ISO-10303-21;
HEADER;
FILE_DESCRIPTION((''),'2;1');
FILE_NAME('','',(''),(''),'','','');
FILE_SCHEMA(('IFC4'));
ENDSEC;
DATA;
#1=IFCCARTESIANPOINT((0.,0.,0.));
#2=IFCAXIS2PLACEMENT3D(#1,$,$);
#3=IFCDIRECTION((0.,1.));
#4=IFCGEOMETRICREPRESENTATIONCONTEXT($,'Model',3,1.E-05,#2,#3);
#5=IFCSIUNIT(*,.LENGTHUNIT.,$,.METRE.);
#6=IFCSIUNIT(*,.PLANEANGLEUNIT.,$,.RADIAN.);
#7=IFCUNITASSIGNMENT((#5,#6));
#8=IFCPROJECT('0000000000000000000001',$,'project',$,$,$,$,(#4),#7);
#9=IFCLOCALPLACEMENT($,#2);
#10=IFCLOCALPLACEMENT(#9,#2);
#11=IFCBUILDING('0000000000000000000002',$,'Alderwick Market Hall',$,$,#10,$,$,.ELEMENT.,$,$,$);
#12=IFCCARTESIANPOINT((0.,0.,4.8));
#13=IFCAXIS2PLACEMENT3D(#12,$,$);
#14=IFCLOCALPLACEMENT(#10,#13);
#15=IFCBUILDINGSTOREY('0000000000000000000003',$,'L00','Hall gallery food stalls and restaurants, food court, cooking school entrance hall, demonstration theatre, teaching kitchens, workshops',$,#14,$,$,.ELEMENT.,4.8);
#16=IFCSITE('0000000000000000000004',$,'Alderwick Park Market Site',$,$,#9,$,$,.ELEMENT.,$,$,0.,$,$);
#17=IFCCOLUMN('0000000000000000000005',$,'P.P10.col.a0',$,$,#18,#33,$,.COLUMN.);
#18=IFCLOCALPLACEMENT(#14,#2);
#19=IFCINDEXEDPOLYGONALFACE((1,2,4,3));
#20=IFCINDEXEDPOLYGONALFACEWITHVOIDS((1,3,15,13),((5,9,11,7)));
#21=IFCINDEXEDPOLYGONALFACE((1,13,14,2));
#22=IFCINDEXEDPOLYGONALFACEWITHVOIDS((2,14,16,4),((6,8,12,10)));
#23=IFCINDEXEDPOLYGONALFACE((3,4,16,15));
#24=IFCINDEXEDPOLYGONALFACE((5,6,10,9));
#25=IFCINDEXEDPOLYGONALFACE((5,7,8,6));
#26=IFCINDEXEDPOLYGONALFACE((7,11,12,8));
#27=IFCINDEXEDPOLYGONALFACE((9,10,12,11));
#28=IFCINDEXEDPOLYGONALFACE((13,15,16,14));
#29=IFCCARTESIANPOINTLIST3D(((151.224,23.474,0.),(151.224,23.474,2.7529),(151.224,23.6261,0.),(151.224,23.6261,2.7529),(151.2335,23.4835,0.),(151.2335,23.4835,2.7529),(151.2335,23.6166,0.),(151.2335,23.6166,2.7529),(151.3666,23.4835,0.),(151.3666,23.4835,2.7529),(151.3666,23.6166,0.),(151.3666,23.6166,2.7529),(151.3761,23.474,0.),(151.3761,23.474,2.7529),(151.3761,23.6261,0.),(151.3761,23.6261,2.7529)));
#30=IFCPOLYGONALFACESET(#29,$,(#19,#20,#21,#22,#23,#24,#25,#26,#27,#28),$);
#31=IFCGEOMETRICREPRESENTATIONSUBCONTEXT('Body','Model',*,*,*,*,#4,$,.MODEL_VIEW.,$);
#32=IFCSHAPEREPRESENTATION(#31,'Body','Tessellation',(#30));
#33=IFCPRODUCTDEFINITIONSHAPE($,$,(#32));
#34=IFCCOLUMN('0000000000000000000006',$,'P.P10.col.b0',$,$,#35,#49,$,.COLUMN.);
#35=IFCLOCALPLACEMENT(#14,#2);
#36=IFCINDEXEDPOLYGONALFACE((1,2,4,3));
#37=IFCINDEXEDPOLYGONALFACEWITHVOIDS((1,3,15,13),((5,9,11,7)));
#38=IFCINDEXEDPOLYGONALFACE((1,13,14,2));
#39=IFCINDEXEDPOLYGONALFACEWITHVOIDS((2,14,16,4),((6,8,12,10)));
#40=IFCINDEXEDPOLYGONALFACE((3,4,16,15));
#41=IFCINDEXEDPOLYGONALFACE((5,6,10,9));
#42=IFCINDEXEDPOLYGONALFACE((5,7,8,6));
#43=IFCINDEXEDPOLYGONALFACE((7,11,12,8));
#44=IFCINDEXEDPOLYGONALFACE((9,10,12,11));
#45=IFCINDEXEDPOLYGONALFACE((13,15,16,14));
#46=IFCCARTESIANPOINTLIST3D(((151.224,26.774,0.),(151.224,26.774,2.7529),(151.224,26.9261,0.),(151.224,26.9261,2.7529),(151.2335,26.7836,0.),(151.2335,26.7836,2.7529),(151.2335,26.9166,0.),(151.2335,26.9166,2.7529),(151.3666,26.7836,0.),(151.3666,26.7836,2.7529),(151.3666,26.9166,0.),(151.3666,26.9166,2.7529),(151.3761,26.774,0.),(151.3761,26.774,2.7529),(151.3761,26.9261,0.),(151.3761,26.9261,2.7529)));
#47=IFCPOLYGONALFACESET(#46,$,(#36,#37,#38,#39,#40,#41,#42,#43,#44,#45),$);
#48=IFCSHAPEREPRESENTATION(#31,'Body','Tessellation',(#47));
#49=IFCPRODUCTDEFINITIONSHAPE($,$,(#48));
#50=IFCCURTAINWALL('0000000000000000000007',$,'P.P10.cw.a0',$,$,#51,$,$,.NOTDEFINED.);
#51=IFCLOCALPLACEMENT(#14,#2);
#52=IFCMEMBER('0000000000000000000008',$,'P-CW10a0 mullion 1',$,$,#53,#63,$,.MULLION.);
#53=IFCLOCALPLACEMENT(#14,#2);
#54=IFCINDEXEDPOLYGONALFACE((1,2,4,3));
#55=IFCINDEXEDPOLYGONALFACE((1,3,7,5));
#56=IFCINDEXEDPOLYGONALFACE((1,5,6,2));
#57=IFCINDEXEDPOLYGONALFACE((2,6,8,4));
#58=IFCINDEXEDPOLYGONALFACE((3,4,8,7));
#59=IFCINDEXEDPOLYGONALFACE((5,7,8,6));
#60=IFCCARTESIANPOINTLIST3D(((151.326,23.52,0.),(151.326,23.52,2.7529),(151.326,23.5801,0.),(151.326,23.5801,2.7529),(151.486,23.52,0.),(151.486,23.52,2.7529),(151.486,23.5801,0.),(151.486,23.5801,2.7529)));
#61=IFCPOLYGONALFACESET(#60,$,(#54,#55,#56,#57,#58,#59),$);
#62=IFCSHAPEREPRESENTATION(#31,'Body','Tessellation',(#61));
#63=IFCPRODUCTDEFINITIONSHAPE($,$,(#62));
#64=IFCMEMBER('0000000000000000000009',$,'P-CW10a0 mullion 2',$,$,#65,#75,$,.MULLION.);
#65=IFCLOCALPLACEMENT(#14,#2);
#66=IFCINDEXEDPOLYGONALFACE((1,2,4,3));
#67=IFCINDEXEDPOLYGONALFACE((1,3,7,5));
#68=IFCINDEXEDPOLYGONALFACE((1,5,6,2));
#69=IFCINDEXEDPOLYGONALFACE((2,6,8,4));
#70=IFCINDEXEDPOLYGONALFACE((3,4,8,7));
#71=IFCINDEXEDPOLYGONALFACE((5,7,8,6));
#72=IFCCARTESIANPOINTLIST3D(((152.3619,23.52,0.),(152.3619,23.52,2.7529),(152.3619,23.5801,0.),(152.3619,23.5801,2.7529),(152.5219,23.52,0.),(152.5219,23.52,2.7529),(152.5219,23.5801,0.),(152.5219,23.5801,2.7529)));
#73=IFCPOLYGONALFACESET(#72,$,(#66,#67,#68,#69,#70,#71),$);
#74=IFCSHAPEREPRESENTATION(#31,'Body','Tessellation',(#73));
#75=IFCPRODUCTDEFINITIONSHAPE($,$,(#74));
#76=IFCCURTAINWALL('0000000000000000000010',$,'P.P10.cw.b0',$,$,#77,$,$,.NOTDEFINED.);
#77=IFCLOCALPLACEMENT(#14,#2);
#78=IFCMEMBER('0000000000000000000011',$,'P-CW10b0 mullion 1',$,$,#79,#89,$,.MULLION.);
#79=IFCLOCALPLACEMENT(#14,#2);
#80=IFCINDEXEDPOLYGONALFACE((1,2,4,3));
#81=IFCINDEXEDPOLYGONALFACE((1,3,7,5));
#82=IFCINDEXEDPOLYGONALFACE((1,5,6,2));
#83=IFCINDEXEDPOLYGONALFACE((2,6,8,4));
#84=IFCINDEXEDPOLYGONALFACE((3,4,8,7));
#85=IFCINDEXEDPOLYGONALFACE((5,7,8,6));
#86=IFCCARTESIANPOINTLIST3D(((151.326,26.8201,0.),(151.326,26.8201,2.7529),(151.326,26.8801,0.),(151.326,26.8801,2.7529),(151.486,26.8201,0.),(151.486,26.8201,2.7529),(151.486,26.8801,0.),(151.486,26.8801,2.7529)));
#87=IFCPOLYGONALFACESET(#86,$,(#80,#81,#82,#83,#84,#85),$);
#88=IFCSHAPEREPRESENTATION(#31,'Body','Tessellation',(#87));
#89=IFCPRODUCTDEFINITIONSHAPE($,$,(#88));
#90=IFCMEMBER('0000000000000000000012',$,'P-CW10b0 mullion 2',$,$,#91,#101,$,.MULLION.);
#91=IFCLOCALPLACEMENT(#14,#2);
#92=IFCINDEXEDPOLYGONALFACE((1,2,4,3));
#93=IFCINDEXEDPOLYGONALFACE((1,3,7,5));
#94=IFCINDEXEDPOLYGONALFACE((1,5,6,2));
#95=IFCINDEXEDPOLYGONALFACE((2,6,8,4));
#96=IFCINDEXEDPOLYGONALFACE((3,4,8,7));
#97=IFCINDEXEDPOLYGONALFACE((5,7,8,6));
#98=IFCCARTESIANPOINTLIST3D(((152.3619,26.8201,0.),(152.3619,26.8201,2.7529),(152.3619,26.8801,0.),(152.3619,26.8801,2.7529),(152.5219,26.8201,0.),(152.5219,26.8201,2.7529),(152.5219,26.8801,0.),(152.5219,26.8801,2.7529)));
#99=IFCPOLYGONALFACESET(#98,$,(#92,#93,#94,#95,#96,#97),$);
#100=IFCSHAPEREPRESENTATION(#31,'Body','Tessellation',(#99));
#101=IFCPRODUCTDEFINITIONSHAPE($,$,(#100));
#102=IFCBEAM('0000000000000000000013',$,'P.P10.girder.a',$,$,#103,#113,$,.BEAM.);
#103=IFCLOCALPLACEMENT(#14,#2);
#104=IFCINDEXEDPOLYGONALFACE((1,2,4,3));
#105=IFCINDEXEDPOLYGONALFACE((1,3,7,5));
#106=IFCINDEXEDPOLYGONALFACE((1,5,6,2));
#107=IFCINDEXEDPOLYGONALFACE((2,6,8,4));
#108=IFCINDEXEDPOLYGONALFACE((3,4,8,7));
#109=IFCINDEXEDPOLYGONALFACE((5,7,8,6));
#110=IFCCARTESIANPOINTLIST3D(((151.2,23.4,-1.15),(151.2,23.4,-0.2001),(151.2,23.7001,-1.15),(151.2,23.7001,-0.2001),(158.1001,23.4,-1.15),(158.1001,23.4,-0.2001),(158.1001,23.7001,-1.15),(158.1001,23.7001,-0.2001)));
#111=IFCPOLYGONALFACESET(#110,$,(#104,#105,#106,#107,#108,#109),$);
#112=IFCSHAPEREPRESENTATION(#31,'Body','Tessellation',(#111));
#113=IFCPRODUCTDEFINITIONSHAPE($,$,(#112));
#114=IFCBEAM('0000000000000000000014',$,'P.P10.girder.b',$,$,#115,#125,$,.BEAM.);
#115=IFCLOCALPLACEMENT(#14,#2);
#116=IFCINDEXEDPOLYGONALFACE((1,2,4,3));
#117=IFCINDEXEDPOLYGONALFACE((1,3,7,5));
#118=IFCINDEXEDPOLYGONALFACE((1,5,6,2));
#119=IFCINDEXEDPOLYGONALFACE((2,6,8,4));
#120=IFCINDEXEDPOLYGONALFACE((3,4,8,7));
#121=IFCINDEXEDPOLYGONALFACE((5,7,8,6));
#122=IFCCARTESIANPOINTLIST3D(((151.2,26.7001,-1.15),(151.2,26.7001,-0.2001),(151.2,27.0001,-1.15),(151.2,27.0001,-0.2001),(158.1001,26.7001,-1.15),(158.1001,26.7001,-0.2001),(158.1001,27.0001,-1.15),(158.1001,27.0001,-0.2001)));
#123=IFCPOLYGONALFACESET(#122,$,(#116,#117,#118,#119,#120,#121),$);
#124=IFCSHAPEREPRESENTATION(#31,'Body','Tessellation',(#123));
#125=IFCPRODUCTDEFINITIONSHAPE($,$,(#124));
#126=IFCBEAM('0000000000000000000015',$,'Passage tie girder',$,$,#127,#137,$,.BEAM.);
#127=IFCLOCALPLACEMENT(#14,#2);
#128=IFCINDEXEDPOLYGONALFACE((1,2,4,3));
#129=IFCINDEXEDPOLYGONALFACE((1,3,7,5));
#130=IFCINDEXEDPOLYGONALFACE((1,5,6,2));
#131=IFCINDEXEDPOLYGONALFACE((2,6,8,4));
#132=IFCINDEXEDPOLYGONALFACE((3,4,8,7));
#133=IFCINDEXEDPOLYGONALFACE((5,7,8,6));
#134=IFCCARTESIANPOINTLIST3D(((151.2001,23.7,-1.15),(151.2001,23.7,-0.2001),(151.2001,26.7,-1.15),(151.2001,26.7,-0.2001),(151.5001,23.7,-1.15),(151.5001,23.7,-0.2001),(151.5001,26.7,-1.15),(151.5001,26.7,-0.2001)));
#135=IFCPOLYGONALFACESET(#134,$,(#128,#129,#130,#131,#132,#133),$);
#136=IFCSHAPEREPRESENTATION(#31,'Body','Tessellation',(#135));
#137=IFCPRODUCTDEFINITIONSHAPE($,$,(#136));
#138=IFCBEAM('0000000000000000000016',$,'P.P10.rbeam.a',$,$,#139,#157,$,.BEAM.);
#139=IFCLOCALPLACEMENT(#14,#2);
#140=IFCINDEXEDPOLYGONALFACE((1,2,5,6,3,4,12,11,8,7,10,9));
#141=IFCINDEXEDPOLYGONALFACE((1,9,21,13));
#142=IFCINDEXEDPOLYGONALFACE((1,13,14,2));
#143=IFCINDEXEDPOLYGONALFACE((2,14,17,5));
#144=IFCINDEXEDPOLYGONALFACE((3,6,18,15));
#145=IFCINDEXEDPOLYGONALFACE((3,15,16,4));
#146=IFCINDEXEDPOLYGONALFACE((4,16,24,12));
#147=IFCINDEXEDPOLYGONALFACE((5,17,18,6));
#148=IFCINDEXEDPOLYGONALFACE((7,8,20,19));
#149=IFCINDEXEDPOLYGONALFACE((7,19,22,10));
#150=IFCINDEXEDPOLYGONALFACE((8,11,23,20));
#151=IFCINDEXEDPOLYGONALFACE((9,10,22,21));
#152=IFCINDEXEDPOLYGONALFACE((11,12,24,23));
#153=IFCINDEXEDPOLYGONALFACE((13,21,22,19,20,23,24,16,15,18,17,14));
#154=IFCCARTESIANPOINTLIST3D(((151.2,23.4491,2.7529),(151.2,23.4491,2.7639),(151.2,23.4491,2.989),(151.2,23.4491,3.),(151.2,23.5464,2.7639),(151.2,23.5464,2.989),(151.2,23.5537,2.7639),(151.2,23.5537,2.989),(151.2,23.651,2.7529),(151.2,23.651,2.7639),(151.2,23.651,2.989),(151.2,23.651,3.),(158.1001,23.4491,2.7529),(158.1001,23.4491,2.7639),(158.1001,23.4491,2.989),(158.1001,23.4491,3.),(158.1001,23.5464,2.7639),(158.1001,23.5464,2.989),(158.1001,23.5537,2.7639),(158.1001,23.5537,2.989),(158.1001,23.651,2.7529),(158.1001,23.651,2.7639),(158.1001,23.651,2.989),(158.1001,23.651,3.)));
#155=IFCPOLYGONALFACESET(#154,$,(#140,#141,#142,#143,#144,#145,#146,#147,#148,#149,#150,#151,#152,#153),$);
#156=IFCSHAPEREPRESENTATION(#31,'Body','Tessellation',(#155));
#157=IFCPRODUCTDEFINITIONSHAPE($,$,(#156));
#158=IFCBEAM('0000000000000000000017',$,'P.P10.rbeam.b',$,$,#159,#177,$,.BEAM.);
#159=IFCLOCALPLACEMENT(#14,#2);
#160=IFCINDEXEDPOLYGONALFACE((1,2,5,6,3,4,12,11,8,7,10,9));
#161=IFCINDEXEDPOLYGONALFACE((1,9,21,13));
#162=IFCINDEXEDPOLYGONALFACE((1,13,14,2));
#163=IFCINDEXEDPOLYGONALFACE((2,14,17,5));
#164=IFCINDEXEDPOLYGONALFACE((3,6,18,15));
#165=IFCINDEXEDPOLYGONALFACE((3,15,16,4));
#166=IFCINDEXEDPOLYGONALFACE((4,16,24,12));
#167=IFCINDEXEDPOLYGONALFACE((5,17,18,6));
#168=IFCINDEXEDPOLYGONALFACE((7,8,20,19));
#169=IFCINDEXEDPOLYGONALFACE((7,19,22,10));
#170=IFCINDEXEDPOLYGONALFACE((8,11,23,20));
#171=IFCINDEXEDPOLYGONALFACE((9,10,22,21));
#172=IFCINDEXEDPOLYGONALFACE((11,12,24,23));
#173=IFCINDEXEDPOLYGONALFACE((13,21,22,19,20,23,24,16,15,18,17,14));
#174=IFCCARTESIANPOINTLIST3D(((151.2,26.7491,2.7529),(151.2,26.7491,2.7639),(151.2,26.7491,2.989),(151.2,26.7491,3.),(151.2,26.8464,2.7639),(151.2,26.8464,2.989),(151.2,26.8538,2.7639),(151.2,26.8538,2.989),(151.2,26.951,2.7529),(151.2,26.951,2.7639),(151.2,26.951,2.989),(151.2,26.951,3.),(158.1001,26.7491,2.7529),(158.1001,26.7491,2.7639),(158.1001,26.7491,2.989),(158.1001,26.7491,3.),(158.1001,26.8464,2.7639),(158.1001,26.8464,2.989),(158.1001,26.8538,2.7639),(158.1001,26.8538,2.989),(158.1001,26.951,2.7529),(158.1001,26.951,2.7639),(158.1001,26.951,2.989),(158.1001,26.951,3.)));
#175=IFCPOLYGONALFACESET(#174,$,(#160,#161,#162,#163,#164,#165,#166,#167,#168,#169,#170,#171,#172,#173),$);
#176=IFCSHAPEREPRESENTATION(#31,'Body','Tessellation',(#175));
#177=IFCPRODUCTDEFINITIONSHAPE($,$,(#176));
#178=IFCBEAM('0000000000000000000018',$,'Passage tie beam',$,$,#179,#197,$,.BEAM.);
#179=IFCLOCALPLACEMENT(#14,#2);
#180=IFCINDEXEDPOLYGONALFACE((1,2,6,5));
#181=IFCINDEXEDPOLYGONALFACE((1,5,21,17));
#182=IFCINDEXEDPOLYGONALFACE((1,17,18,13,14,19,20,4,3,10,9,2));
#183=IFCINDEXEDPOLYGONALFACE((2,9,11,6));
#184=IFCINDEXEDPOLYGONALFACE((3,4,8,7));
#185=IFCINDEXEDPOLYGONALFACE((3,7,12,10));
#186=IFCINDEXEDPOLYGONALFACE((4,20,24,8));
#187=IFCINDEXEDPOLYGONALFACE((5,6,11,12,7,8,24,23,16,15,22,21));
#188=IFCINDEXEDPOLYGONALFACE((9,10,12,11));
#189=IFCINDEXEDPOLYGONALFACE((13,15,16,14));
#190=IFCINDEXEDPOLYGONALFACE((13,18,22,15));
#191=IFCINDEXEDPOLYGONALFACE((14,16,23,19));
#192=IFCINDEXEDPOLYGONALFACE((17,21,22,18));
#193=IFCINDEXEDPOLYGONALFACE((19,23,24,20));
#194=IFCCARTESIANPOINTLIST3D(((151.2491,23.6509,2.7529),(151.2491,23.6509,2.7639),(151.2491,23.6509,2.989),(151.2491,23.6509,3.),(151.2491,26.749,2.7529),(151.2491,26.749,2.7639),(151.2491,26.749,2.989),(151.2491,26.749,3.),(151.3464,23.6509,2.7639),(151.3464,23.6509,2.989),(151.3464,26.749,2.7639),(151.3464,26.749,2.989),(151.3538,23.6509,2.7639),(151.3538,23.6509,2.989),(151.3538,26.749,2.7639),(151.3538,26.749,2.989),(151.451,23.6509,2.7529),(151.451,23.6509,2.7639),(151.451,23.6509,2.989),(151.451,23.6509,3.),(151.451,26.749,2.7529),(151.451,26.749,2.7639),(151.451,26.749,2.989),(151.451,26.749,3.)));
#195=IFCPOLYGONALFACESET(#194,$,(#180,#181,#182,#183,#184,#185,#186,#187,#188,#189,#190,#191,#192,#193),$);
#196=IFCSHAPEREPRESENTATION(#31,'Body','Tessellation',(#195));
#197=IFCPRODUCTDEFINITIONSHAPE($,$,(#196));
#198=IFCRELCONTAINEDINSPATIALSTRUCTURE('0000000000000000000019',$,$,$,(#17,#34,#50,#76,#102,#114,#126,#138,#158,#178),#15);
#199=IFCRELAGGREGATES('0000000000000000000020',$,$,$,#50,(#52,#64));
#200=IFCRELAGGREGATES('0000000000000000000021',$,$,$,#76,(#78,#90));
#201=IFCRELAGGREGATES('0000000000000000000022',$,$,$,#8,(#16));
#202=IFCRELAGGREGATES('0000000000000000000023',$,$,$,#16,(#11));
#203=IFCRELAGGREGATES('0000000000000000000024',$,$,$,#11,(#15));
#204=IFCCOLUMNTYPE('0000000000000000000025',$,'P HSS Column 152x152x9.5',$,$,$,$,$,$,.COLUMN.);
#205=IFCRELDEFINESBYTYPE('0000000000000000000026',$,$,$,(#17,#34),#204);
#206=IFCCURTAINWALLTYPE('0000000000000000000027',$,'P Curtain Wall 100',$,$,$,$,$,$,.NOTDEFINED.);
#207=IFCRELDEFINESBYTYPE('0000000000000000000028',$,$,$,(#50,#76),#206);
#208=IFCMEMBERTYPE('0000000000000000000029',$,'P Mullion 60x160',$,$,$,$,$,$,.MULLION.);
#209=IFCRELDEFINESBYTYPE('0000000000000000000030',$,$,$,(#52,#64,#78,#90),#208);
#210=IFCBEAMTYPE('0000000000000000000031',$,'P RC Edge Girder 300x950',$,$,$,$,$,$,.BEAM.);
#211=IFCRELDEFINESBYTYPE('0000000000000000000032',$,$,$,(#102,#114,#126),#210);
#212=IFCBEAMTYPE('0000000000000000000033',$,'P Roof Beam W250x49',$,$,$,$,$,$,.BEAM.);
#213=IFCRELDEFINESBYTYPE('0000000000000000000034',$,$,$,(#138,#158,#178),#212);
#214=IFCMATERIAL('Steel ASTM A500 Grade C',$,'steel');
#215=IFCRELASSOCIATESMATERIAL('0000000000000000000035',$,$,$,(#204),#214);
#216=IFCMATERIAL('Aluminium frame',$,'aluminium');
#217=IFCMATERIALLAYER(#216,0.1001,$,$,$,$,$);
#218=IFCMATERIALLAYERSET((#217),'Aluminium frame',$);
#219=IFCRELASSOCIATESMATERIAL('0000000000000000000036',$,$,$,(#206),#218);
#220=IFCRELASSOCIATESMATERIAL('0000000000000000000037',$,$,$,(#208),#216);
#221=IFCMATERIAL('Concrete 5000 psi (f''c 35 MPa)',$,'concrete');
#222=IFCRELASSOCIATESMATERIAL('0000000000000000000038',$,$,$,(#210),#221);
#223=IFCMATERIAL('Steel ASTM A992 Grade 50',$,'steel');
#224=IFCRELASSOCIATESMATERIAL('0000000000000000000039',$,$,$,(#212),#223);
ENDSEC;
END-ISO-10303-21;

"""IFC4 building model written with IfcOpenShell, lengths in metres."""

from ifc_helpers import new_model, si_unit, direction, frame, origin, origin_2d, place, context, subcontext, project, spatial, rectangle, hollow_rectangle, i_section, extrude, material, layer, layer_set, material_profile, profile_set, type_object, element, aggregate, save


model = new_model("IFC4")

# Units and contexts
model_context = context("Model", 3, precision=1e-05, world=origin(), true_north=direction((0.0, 1.0)))
body_context = subcontext(model_context, "Body", "Model", "MODEL_VIEW")
ifc_project = project(units=[si_unit("LENGTHUNIT", "METRE"), si_unit("PLANEANGLEUNIT", "RADIAN")], contexts=[model_context])

# Site, building, storey
site_placement = place(None, origin())
site = spatial("IfcSite", under=ifc_project, at=site_placement, Name="Alderwick Park Market Site", CompositionType="ELEMENT", RefElevation=0.0)
building_placement = place(site_placement, origin())
building = spatial("IfcBuilding", under=site, at=building_placement, Name="Alderwick Market Hall", CompositionType="ELEMENT")
storey_placement = place(building_placement, frame((0.0, 0.0, 4.8)))
storey = spatial("IfcBuildingStorey", under=building, at=storey_placement, Name="L00", Description="Hall gallery food stalls and restaurants, food court, cooking school entrance hall, demonstration theatre, teaching kitchens, workshops", CompositionType="ELEMENT", Elevation=4.8)

# Columns
ifc_material_1 = material(Name="Steel ASTM A500 Grade C", Category="steel")
ifc_material_profile_1 = material_profile(ifc_material_1, hollow_rectangle(XDim=0.1521, YDim=0.1521, WallThickness=0.0095, at=origin_2d()), Name="HSS152x152x9.5")
ifc_profile_set_1 = profile_set([ifc_material_profile_1], Name="Steel ASTM A500 Grade C")
column_type = type_object("IfcColumnType", Name="P HSS Column 152x152x9.5", PredefinedType="COLUMN", material=ifc_profile_set_1)
for number, where, z_axis, x_axis, name in (
    (1, (151.3, 23.55, 0.0), (0.0, 0.0, 1.0), (1.0, 0.0, 0.0), "P.P10.col.a0"),
    (2, (151.3, 26.8501, 0.0), (0.0, 0.0, 1.0), (1.0, 0.0, 0.0), "P.P10.col.b0"),
):
    element("IfcColumn", number, at=place(storey_placement, frame(where, z_axis=z_axis, x_axis=x_axis)), inside=storey, type_object=column_type, Name=name, PredefinedType="COLUMN", context=body_context, shape_type="SweptSolid", body=[
        extrude(hollow_rectangle(XDim=0.1521, YDim=0.1521, WallThickness=0.0095, at=origin_2d()), origin(), (0.0, 0.0, 1.0), 2.7529),
    ])

# Curtain walls, members
ifc_material_2 = material(Name="Aluminium frame", Category="aluminium")
ifc_layer_1 = layer(ifc_material_2, 0.1001)
ifc_layer_set_1 = layer_set([ifc_layer_1], Name="Aluminium frame")
curtain_wall_type = type_object("IfcCurtainWallType", Name="P Curtain Wall 100", PredefinedType="NOTDEFINED", material=ifc_layer_set_1)
curtain_wall_1_placement = place(storey_placement, origin())
curtain_wall_1 = element("IfcCurtainWall", 3, at=curtain_wall_1_placement, inside=storey, type_object=curtain_wall_type, Name="P.P10.cw.a0", PredefinedType="NOTDEFINED")
ifc_material_profile_2 = material_profile(ifc_material_2, rectangle(XDim=0.0601, YDim=0.1599, at=origin_2d()), Name="P Mullion 60x160")
ifc_profile_set_2 = profile_set([ifc_material_profile_2], Name="Aluminium frame")
member_type_1 = type_object("IfcMemberType", Name="P Mullion 60x160", PredefinedType="MULLION", material=ifc_profile_set_2)
member_1_placement = place(storey_placement, frame((151.406, 23.55, 0.0), z_axis=(0.0, 0.0, 1.0), x_axis=(0.0, 1.0, 0.0)))
member_1 = element("IfcMember", 4, at=member_1_placement, type_object=member_type_1, Name="P-CW10a0 mullion 1", PredefinedType="MULLION", context=body_context, shape_type="SweptSolid", body=[
    extrude(rectangle(XDim=0.0601, YDim=0.1599, at=origin_2d()), origin(), (0.0, 0.0, 1.0), 2.7529),
])
member_2_placement = place(storey_placement, frame((152.4419, 23.55, 0.0), z_axis=(0.0, 0.0, 1.0), x_axis=(0.0, 1.0, 0.0)))
member_2 = element("IfcMember", 5, at=member_2_placement, type_object=member_type_1, Name="P-CW10a0 mullion 2", PredefinedType="MULLION", context=body_context, shape_type="SweptSolid", body=[
    extrude(rectangle(XDim=0.0601, YDim=0.1599, at=origin_2d()), origin(), (0.0, 0.0, 1.0), 2.7529),
])
curtain_wall_2_placement = place(storey_placement, origin())
curtain_wall_2 = element("IfcCurtainWall", 6, at=curtain_wall_2_placement, inside=storey, type_object=curtain_wall_type, Name="P.P10.cw.b0", PredefinedType="NOTDEFINED")
member_3_placement = place(storey_placement, frame((151.406, 26.8501, 0.0), z_axis=(0.0, 0.0, 1.0), x_axis=(0.0, 1.0, 0.0)))
member_3 = element("IfcMember", 7, at=member_3_placement, type_object=member_type_1, Name="P-CW10b0 mullion 1", PredefinedType="MULLION", context=body_context, shape_type="SweptSolid", body=[
    extrude(rectangle(XDim=0.0601, YDim=0.1599, at=origin_2d()), origin(), (0.0, 0.0, 1.0), 2.7529),
])
member_4_placement = place(storey_placement, frame((152.4419, 26.8501, 0.0), z_axis=(0.0, 0.0, 1.0), x_axis=(0.0, 1.0, 0.0)))
member_4 = element("IfcMember", 8, at=member_4_placement, type_object=member_type_1, Name="P-CW10b0 mullion 2", PredefinedType="MULLION", context=body_context, shape_type="SweptSolid", body=[
    extrude(rectangle(XDim=0.0601, YDim=0.1599, at=origin_2d()), origin(), (0.0, 0.0, 1.0), 2.7529),
])

# Beams
ifc_material_3 = material(Name="Concrete 5000 psi (f'c 35 MPa)", Category="concrete")
ifc_material_profile_3 = material_profile(ifc_material_3, rectangle(XDim=0.3, YDim=0.95, at=origin_2d()), Name="P RC Edge Girder 300x950")
ifc_profile_set_3 = profile_set([ifc_material_profile_3], Name="Concrete 5000 psi (f'c 35 MPa)")
beam_type_1 = type_object("IfcBeamType", Name="P RC Edge Girder 300x950", PredefinedType="BEAM", material=ifc_profile_set_3)
for number, where, z_axis, x_axis, name in (
    (9, (151.2, 23.55, -0.675), (1.0, 0.0, 0.0), (0.0, 1.0, 0.0), "P.P10.girder.a"),
    (10, (151.2, 26.8501, -0.675), (1.0, 0.0, 0.0), (0.0, 1.0, 0.0), "P.P10.girder.b"),
):
    element("IfcBeam", number, at=place(storey_placement, frame(where, z_axis=z_axis, x_axis=x_axis)), inside=storey, type_object=beam_type_1, Name=name, PredefinedType="BEAM", context=body_context, shape_type="SweptSolid", body=[
        extrude(rectangle(XDim=0.3, YDim=0.95, at=origin_2d()), origin(), (0.0, 0.0, 1.0), 6.9001),
    ])
beam_1_placement = place(storey_placement, frame((151.3501, 23.7, -0.675), z_axis=(0.0, 1.0, 0.0), x_axis=(-1.0, 0.0, 0.0)))
element("IfcBeam", 11, at=beam_1_placement, inside=storey, type_object=beam_type_1, Name="Passage tie girder", PredefinedType="BEAM", context=body_context, shape_type="SweptSolid", body=[
    extrude(rectangle(XDim=0.3, YDim=0.95, at=origin_2d()), origin(), (0.0, 0.0, 1.0), 3.0),
])
ifc_material_4 = material(Name="Steel ASTM A992 Grade 50", Category="steel")
ifc_material_profile_4 = material_profile(ifc_material_4, i_section(OverallWidth=0.2019, OverallDepth=0.2471, WebThickness=0.0073, FlangeThickness=0.011, at=origin_2d()), Name="W250x49")
ifc_profile_set_4 = profile_set([ifc_material_profile_4], Name="Steel ASTM A992 Grade 50")
beam_type_2 = type_object("IfcBeamType", Name="P Roof Beam W250x49", PredefinedType="BEAM", material=ifc_profile_set_4)
for number, where, z_axis, x_axis, name in (
    (12, (151.2, 23.55, 2.8765), (1.0, 0.0, 0.0), (0.0, 1.0, 0.0), "P.P10.rbeam.a"),
    (13, (151.2, 26.8501, 2.8765), (1.0, 0.0, 0.0), (0.0, 1.0, 0.0), "P.P10.rbeam.b"),
):
    element("IfcBeam", number, at=place(storey_placement, frame(where, z_axis=z_axis, x_axis=x_axis)), inside=storey, type_object=beam_type_2, Name=name, PredefinedType="BEAM", context=body_context, shape_type="SweptSolid", body=[
        extrude(i_section(OverallWidth=0.2019, OverallDepth=0.2471, WebThickness=0.0073, FlangeThickness=0.011, at=origin_2d()), origin(), (0.0, 0.0, 1.0), 6.9001),
    ])
beam_2_placement = place(storey_placement, frame((151.3501, 23.6509, 2.8765), z_axis=(0.0, 1.0, 0.0), x_axis=(-1.0, 0.0, 0.0)))
element("IfcBeam", 14, at=beam_2_placement, inside=storey, type_object=beam_type_2, Name="Passage tie beam", PredefinedType="BEAM", context=body_context, shape_type="SweptSolid", body=[
    extrude(i_section(OverallWidth=0.2019, OverallDepth=0.2471, WebThickness=0.0073, FlangeThickness=0.011, at=origin_2d()), origin(), (0.0, 0.0, 1.0), 3.0981),
])

aggregate(curtain_wall_1, [member_1, member_2])
aggregate(curtain_wall_2, [member_3, member_4])

save(model, "model.ifc")
